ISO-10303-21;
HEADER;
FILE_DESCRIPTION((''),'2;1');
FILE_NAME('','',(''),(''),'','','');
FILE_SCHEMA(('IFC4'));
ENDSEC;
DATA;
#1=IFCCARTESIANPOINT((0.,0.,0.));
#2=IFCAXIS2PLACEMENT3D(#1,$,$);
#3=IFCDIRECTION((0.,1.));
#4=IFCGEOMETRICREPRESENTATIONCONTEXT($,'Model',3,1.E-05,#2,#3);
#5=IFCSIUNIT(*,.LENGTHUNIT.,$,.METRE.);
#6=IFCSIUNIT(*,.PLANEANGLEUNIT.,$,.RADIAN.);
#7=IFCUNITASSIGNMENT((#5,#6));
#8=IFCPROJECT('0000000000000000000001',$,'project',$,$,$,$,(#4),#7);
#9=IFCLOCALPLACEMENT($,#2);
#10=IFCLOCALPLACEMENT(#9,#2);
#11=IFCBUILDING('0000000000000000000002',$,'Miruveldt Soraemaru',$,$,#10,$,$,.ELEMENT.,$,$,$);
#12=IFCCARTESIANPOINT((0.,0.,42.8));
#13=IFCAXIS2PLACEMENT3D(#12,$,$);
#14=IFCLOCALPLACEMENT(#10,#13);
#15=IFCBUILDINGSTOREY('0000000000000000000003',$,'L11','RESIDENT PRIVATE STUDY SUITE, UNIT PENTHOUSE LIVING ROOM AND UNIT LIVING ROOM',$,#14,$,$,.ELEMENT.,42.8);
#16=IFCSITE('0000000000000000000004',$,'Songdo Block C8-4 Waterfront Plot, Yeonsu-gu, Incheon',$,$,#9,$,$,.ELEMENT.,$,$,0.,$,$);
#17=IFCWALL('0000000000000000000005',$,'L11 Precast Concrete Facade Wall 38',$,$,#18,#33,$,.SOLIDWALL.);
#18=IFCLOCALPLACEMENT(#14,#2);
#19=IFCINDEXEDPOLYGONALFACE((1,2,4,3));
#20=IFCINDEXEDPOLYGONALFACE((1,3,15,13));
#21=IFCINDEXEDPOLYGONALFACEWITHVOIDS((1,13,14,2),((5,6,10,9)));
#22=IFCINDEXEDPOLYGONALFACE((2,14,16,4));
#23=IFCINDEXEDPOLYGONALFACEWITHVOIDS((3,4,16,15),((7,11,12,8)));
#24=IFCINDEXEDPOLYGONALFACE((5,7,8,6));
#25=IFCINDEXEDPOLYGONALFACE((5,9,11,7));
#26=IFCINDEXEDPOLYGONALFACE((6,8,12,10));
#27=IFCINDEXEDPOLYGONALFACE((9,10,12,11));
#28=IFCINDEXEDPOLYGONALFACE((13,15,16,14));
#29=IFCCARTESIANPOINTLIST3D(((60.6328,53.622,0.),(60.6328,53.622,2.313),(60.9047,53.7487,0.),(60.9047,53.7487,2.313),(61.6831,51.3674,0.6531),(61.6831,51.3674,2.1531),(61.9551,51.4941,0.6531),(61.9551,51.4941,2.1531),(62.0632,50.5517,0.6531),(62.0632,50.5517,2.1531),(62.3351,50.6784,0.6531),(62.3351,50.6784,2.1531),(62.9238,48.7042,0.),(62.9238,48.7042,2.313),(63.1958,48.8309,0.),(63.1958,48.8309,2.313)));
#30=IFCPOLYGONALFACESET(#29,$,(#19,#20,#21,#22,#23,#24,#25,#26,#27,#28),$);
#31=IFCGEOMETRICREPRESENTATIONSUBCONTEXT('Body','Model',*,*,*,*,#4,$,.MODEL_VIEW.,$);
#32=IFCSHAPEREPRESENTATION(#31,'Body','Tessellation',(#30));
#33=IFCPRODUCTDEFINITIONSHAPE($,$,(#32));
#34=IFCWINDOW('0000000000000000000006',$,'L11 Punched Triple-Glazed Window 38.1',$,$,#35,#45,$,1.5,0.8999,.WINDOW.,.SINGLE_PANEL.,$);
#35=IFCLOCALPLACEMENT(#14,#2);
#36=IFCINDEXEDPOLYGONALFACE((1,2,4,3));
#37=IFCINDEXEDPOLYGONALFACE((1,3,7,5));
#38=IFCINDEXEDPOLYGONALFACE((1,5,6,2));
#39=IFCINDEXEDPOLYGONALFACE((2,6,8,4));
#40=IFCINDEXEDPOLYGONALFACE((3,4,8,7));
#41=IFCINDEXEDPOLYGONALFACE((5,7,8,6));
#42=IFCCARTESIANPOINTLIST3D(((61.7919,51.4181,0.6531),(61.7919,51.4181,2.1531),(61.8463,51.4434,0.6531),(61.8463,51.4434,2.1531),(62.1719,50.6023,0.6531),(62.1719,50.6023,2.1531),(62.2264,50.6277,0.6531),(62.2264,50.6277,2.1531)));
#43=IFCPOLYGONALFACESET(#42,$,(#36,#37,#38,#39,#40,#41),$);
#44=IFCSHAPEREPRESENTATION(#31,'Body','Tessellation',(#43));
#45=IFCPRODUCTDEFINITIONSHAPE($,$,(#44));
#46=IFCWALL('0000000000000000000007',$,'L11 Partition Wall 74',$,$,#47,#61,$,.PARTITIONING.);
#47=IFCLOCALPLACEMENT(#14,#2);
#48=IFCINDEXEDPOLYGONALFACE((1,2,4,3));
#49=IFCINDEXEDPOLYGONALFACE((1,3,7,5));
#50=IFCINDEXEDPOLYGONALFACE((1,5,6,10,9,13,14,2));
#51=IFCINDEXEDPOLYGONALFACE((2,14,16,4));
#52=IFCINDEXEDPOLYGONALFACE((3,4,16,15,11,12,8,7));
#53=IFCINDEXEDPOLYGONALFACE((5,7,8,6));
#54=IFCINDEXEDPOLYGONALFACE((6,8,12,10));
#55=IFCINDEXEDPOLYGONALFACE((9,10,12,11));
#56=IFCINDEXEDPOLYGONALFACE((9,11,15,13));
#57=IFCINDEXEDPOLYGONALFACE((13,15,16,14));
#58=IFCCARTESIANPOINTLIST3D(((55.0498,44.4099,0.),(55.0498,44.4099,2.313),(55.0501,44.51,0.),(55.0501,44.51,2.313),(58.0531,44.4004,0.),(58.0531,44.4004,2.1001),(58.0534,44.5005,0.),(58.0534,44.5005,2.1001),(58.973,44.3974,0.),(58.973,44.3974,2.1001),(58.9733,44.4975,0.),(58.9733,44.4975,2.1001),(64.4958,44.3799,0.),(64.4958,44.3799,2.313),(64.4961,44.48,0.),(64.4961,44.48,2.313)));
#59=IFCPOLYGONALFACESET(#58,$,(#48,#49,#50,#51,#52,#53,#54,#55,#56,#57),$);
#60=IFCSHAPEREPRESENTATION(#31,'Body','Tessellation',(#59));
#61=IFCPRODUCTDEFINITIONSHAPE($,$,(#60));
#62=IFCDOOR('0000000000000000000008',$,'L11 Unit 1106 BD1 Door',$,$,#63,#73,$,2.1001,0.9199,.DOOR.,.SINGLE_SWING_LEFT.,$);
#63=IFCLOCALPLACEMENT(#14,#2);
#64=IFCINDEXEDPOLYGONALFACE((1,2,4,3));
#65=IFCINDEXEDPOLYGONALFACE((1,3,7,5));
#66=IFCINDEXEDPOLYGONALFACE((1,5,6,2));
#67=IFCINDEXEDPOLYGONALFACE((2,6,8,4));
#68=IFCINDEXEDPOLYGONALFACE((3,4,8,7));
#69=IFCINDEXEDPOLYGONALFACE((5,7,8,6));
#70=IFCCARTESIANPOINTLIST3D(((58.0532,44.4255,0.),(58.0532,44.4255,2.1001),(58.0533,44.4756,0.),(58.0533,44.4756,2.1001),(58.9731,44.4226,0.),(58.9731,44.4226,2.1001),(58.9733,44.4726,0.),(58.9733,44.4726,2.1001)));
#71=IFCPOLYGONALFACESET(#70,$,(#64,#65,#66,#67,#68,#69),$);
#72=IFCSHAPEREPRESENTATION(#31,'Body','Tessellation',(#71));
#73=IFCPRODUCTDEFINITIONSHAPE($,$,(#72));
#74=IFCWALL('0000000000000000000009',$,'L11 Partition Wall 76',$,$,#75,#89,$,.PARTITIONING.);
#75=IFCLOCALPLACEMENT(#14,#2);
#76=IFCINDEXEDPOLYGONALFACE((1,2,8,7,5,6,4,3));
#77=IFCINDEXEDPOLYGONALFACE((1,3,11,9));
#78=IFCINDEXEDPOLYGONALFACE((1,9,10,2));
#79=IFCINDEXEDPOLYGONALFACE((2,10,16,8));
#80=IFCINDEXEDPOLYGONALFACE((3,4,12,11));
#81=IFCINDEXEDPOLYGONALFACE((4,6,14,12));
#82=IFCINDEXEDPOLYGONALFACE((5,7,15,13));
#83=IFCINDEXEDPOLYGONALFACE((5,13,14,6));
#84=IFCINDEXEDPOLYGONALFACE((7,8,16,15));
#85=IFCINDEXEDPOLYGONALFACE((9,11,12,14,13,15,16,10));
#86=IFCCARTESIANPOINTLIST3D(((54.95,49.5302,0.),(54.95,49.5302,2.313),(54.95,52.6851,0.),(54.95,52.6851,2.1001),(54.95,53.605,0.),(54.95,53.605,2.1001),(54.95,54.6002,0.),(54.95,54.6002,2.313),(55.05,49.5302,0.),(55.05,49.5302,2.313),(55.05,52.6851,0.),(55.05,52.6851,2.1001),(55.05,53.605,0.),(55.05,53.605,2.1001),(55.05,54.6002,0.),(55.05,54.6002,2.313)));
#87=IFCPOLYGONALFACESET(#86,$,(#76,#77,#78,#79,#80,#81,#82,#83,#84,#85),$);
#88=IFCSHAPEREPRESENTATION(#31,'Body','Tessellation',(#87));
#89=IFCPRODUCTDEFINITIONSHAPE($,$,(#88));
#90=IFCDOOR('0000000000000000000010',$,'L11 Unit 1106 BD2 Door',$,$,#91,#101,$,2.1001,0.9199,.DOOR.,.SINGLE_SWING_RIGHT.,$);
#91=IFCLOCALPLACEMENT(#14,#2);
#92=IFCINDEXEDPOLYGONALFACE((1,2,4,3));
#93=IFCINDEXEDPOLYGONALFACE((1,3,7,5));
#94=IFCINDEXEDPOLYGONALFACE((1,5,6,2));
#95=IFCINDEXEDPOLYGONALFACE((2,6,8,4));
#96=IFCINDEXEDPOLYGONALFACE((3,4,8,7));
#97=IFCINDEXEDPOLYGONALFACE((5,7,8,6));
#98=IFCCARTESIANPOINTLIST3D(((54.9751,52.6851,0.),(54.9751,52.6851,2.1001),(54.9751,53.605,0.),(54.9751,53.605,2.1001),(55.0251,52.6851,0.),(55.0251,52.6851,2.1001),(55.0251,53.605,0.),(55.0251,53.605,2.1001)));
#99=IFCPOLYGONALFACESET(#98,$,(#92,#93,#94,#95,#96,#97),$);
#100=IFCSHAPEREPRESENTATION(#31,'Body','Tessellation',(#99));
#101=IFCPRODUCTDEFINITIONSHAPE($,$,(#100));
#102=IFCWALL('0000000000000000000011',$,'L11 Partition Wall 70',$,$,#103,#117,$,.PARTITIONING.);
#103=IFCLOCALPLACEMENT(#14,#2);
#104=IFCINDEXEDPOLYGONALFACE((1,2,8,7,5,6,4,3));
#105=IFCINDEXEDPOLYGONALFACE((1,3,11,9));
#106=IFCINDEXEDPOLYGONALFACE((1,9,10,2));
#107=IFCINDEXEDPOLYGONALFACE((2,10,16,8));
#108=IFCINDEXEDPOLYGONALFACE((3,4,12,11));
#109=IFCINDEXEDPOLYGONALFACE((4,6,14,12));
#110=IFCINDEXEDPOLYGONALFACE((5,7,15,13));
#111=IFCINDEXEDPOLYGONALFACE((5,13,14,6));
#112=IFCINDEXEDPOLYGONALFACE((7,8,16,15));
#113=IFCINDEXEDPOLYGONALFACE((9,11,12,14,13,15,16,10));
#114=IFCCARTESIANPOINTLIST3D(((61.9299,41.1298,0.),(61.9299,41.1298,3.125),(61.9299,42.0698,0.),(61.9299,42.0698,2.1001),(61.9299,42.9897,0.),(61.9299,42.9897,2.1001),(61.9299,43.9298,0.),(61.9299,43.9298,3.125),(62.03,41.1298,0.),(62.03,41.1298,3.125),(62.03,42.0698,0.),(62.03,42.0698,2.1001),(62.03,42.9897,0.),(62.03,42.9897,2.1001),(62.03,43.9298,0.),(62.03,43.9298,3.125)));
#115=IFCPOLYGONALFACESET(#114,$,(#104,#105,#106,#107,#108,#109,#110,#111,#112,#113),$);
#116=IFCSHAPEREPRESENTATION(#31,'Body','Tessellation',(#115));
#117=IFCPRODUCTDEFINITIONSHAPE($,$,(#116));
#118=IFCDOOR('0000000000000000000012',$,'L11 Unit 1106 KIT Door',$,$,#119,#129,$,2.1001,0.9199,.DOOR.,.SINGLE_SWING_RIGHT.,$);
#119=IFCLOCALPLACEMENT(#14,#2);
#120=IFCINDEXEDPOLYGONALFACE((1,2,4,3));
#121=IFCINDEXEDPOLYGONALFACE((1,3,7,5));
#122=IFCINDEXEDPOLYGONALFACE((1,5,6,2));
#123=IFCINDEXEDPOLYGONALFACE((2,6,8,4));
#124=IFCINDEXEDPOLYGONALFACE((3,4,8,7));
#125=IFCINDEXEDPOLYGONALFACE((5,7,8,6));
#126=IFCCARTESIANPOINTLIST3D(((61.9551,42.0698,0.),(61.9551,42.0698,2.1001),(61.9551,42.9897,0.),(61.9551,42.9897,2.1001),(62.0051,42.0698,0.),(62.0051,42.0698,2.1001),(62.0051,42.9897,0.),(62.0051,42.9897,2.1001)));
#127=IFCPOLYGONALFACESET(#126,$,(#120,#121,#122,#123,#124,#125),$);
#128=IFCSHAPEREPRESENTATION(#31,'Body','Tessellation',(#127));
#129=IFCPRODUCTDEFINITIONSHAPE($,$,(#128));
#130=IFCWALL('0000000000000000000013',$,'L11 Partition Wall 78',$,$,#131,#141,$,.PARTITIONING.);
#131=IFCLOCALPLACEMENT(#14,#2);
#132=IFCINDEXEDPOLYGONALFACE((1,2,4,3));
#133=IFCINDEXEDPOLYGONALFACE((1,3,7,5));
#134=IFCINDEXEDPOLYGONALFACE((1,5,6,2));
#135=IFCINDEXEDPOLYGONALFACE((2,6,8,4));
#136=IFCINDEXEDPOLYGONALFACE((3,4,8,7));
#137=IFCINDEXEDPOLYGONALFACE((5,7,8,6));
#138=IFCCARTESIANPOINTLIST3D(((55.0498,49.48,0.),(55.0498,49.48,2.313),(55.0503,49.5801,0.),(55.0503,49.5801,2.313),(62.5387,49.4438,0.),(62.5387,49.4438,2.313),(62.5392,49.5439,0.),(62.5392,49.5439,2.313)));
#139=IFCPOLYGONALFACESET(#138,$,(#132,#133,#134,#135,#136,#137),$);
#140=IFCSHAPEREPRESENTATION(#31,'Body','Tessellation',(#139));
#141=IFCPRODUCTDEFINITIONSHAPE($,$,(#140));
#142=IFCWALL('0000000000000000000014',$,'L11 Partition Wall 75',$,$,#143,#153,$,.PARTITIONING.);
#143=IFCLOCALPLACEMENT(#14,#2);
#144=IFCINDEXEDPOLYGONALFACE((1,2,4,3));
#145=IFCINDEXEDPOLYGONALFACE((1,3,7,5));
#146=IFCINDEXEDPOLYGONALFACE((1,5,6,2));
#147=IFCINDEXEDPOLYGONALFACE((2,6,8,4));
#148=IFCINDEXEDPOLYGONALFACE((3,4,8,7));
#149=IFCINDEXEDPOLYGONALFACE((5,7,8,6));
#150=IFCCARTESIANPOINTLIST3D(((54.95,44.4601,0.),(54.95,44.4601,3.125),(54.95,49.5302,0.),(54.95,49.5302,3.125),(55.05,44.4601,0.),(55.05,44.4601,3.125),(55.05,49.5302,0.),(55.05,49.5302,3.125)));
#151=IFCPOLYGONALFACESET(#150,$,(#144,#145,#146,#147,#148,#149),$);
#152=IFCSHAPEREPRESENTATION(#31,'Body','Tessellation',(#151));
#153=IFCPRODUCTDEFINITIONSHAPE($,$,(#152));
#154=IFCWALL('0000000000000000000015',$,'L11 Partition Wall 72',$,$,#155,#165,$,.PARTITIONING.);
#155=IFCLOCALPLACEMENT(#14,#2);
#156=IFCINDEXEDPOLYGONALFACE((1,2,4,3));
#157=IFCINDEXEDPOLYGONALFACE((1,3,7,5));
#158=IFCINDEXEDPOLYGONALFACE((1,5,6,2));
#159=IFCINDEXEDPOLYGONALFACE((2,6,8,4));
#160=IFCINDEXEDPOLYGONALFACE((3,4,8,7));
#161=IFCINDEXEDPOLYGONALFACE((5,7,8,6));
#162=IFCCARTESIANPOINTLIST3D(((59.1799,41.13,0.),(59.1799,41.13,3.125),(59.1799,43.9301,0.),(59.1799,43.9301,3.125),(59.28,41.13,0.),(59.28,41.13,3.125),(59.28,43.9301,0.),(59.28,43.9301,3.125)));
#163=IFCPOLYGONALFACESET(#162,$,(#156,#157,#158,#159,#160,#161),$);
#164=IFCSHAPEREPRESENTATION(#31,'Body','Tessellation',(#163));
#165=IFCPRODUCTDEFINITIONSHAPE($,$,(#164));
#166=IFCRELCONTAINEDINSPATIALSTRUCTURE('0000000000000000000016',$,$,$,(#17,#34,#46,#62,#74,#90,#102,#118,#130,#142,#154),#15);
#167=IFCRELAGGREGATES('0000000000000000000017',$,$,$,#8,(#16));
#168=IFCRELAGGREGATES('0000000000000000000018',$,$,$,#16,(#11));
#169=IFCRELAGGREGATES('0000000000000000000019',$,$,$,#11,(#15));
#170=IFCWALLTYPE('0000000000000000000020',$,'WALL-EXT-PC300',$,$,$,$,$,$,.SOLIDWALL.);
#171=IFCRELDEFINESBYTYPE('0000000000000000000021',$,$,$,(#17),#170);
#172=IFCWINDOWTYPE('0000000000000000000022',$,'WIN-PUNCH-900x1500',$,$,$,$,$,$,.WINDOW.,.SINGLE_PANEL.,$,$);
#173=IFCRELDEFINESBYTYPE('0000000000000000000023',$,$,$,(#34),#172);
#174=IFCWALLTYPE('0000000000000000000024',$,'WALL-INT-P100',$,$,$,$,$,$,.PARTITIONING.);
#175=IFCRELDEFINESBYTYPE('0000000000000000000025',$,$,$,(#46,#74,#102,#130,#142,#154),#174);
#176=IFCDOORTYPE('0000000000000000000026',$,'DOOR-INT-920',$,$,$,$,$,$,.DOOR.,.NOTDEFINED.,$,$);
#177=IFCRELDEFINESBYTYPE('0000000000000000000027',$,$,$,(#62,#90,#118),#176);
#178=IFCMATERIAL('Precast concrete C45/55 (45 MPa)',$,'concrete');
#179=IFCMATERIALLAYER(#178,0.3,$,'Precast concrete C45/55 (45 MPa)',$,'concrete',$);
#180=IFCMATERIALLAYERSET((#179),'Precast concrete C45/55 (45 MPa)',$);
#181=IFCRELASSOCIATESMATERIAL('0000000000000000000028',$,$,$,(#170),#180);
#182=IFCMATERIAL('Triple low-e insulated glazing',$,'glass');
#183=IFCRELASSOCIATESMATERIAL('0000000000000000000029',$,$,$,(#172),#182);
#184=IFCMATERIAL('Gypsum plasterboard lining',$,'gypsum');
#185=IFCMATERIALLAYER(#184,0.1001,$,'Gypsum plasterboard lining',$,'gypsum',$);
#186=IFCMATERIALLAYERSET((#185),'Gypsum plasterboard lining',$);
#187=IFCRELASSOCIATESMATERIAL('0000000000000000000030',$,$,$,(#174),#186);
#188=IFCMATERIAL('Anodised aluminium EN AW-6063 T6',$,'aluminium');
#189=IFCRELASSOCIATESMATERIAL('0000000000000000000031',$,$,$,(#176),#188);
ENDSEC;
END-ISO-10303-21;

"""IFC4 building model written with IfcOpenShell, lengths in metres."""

from ifc_helpers import new_model, si_unit, direction, frame, frame_2d, origin, place, context, subcontext, project, spatial, rectangle, extrude, material, layer, layer_set, type_object, element, fill, save


model = new_model("IFC4")

# Units and contexts
model_context = context("Model", 3, precision=1e-05, world=origin(), true_north=direction((0.0, 1.0)))
body_context = subcontext(model_context, "Body", "Model", "MODEL_VIEW")
ifc_project = project(units=[si_unit("LENGTHUNIT", "METRE"), si_unit("PLANEANGLEUNIT", "RADIAN")], contexts=[model_context])

# Site, building, storey
site_placement = place(None, origin())
site = spatial("IfcSite", under=ifc_project, at=site_placement, Name="Songdo Block C8-4 Waterfront Plot, Yeonsu-gu, Incheon", CompositionType="ELEMENT", RefElevation=0.0)
building_placement = place(site_placement, origin())
building = spatial("IfcBuilding", under=site, at=building_placement, Name="Miruveldt Soraemaru", CompositionType="ELEMENT")
storey_placement = place(building_placement, frame((0.0, 0.0, 42.8)))
storey = spatial("IfcBuildingStorey", under=building, at=storey_placement, Name="L11", Description="RESIDENT PRIVATE STUDY SUITE, UNIT PENTHOUSE LIVING ROOM AND UNIT LIVING ROOM", CompositionType="ELEMENT", Elevation=42.8)

# Shared definitions
ifc_material_1 = material(Name="Triple low-e insulated glazing", Category="glass")

# Shared definitions
ifc_material_2 = material(Name="Precast concrete C45/55 (45 MPa)", Category="concrete")
ifc_layer_1 = layer(ifc_material_2, 0.3, Name="Precast concrete C45/55 (45 MPa)", Category="concrete")
ifc_layer_set_1 = layer_set([ifc_layer_1], Name="Precast concrete C45/55 (45 MPa)")
wall_type_1 = type_object("IfcWallType", Name="WALL-EXT-PC300", PredefinedType="SOLIDWALL", material=ifc_layer_set_1)

# Wall, opening, window
window_type_1 = type_object("IfcWindowType", Name="WIN-PUNCH-900x1500", PartitioningType="SINGLE_PANEL", PredefinedType="WINDOW", material=ifc_material_1)
wall_1_placement = place(storey_placement, frame((63.0598, 48.7676, 0.0), z_axis=(0.0, 0.0, 1.0), x_axis=(-0.422292, 0.90646, 0.0)))
wall_1 = element("IfcWall", 1, at=wall_1_placement, inside=storey, type_object=wall_type_1, Name="L11 Precast Concrete Facade Wall 38", PredefinedType="SOLIDWALL", context=body_context, shape_type="SweptSolid", body=[
    extrude(rectangle(XDim=5.4253, YDim=0.3, at=frame_2d((2.7126, 0.0))), origin(), (0.0, 0.0, 1.0), 2.313),
])
opening_1_placement = place(wall_1_placement, frame((2.0381, 0.0, 0.6531)))
opening_1 = element("IfcOpeningElement", 2, at=opening_1_placement, cuts=wall_1, PredefinedType="OPENING", context=body_context, shape_type="SweptSolid", body=[
    extrude(rectangle(XDim=0.8999, YDim=1.5, at=frame_2d((0.45, 0.75))), frame((0.0, 0.1602, 0.0), z_axis=(0.0, -1.0, 0.0), x_axis=(1.0, 0.0, 0.0)), (0.0, 0.0, 1.0), 0.3201),
])
window_1_placement = place(opening_1_placement, origin())
window_1 = element("IfcWindow", 3, at=window_1_placement, inside=storey, type_object=window_type_1, Name="L11 Punched Triple-Glazed Window 38.1", OverallHeight=1.5, OverallWidth=0.8999, PartitioningType="SINGLE_PANEL", PredefinedType="WINDOW", context=body_context, shape_type="SweptSolid", body=[
    extrude(rectangle(XDim=0.8999, YDim=1.5, at=frame_2d((0.45, 0.75))), frame((0.0, 0.03, 0.0), z_axis=(0.0, -1.0, 0.0), x_axis=(1.0, 0.0, 0.0)), (0.0, 0.0, 1.0), 0.0601),
])
fill(opening_1, window_1)

# Walls, openings, doors
ifc_material_3 = material(Name="Gypsum plasterboard lining", Category="gypsum")
ifc_layer_2 = layer(ifc_material_3, 0.1001, Name="Gypsum plasterboard lining", Category="gypsum")
ifc_layer_set_2 = layer_set([ifc_layer_2], Name="Gypsum plasterboard lining")
wall_type_2 = type_object("IfcWallType", Name="WALL-INT-P100", PredefinedType="PARTITIONING", material=ifc_layer_set_2)
wall_2_placement = place(storey_placement, frame((64.4961, 44.4299, 0.0), z_axis=(0.0, 0.0, 1.0), x_axis=(-0.999995, 0.003179, 0.0)))
wall_2 = element("IfcWall", 4, at=wall_2_placement, inside=storey, type_object=wall_type_2, Name="L11 Partition Wall 74", PredefinedType="PARTITIONING", context=body_context, shape_type="SweptSolid", body=[
    extrude(rectangle(XDim=9.446, YDim=0.1001, at=frame_2d((4.7231, 0.0))), origin(), (0.0, 0.0, 1.0), 2.313),
])
opening_2_placement = place(wall_2_placement, frame((5.5229, 0.0, 0.0)))
opening_2 = element("IfcOpeningElement", 5, at=opening_2_placement, cuts=wall_2, PredefinedType="OPENING", context=body_context, shape_type="SweptSolid", body=[
    extrude(rectangle(XDim=0.9199, YDim=2.1001, at=frame_2d((0.46, 1.05))), frame((0.0, 0.0601, 0.0), z_axis=(0.0, -1.0, 0.0), x_axis=(1.0, 0.0, 0.0)), (0.0, 0.0, 1.0), 0.1201),
])
ifc_material_4 = material(Name="Anodised aluminium EN AW-6063 T6", Category="aluminium")
door_type_1 = type_object("IfcDoorType", Name="DOOR-INT-920", OperationType="NOTDEFINED", PredefinedType="DOOR", material=ifc_material_4)
door_1_placement = place(opening_2_placement, origin())
door_1 = element("IfcDoor", 6, at=door_1_placement, inside=storey, type_object=door_type_1, Name="L11 Unit 1106 BD1 Door", OperationType="SINGLE_SWING_LEFT", OverallHeight=2.1001, OverallWidth=0.9199, PredefinedType="DOOR", context=body_context, shape_type="SweptSolid", body=[
    extrude(rectangle(XDim=0.9199, YDim=2.1001, at=frame_2d((0.46, 1.05))), frame((0.0, 0.0249, 0.0), z_axis=(0.0, -1.0, 0.0), x_axis=(1.0, 0.0, 0.0)), (0.0, 0.0, 1.0), 0.05),
])
fill(opening_2, door_1)
wall_3_placement = place(storey_placement, frame((55.0, 49.53, 0.0), z_axis=(0.0, 0.0, 1.0), x_axis=(0.0, 1.0, 0.0)))
wall_3 = element("IfcWall", 7, at=wall_3_placement, inside=storey, type_object=wall_type_2, Name="L11 Partition Wall 76", PredefinedType="PARTITIONING", context=body_context, shape_type="SweptSolid", body=[
    extrude(rectangle(XDim=5.0701, YDim=0.1001, at=frame_2d((2.5352, 0.0))), origin(), (0.0, 0.0, 1.0), 2.313),
])
opening_3_placement = place(wall_3_placement, frame((3.155, 0.0, 0.0)))
opening_3 = element("IfcOpeningElement", 8, at=opening_3_placement, cuts=wall_3, PredefinedType="OPENING", context=body_context, shape_type="SweptSolid", body=[
    extrude(rectangle(XDim=0.9199, YDim=2.1001, at=frame_2d((0.46, 1.05))), frame((0.0, 0.0601, 0.0), z_axis=(0.0, -1.0, 0.0), x_axis=(1.0, 0.0, 0.0)), (0.0, 0.0, 1.0), 0.1201),
])
door_2_placement = place(opening_3_placement, origin())
door_2 = element("IfcDoor", 9, at=door_2_placement, inside=storey, type_object=door_type_1, Name="L11 Unit 1106 BD2 Door", OperationType="SINGLE_SWING_RIGHT", OverallHeight=2.1001, OverallWidth=0.9199, PredefinedType="DOOR", context=body_context, shape_type="SweptSolid", body=[
    extrude(rectangle(XDim=0.9199, YDim=2.1001, at=frame_2d((0.46, 1.05))), frame((0.0, 0.0249, 0.0), z_axis=(0.0, -1.0, 0.0), x_axis=(1.0, 0.0, 0.0)), (0.0, 0.0, 1.0), 0.05),
])
fill(opening_3, door_2)
wall_4_placement = place(storey_placement, frame((61.98, 41.1299, 0.0), z_axis=(0.0, 0.0, 1.0), x_axis=(0.0, 1.0, 0.0)))
wall_4 = element("IfcWall", 10, at=wall_4_placement, inside=storey, type_object=wall_type_2, Name="L11 Partition Wall 70", PredefinedType="PARTITIONING", context=body_context, shape_type="SweptSolid", body=[
    extrude(rectangle(XDim=2.8, YDim=0.1001, at=frame_2d((1.3999, 0.0))), origin(), (0.0, 0.0, 1.0), 3.125),
])
opening_4_placement = place(wall_4_placement, frame((0.9399, 0.0, 0.0)))
opening_4 = element("IfcOpeningElement", 11, at=opening_4_placement, cuts=wall_4, PredefinedType="OPENING", context=body_context, shape_type="SweptSolid", body=[
    extrude(rectangle(XDim=0.9199, YDim=2.1001, at=frame_2d((0.46, 1.05))), frame((0.0, 0.0601, 0.0), z_axis=(0.0, -1.0, 0.0), x_axis=(1.0, 0.0, 0.0)), (0.0, 0.0, 1.0), 0.1201),
])
door_3_placement = place(opening_4_placement, origin())
door_3 = element("IfcDoor", 12, at=door_3_placement, inside=storey, type_object=door_type_1, Name="L11 Unit 1106 KIT Door", OperationType="SINGLE_SWING_RIGHT", OverallHeight=2.1001, OverallWidth=0.9199, PredefinedType="DOOR", context=body_context, shape_type="SweptSolid", body=[
    extrude(rectangle(XDim=0.9199, YDim=2.1001, at=frame_2d((0.46, 1.05))), frame((0.0, 0.0249, 0.0), z_axis=(0.0, -1.0, 0.0), x_axis=(1.0, 0.0, 0.0)), (0.0, 0.0, 1.0), 0.05),
])
fill(opening_4, door_3)

# Walls
wall_5_placement = place(storey_placement, frame((62.5391, 49.4939, 0.0), z_axis=(0.0, 0.0, 1.0), x_axis=(-0.999988, 0.004825, 0.0)))
element("IfcWall", 13, at=wall_5_placement, inside=storey, type_object=wall_type_2, Name="L11 Partition Wall 78", PredefinedType="PARTITIONING", context=body_context, shape_type="SweptSolid", body=[
    extrude(rectangle(XDim=7.489, YDim=0.1001, at=frame_2d((3.7446, 0.0))), origin(), (0.0, 0.0, 1.0), 2.313),
])
wall_6_placement = place(storey_placement, frame((55.0, 44.46, 0.0), z_axis=(0.0, 0.0, 1.0), x_axis=(0.0, 1.0, 0.0)))
element("IfcWall", 14, at=wall_6_placement, inside=storey, type_object=wall_type_2, Name="L11 Partition Wall 75", PredefinedType="PARTITIONING", context=body_context, shape_type="SweptSolid", body=[
    extrude(rectangle(XDim=5.0701, YDim=0.1001, at=frame_2d((2.5352, 0.0))), origin(), (0.0, 0.0, 1.0), 3.125),
])
wall_7_placement = place(storey_placement, frame((59.23, 43.9299, 0.0), z_axis=(0.0, 0.0, 1.0), x_axis=(0.0, -1.0, 0.0)))
element("IfcWall", 15, at=wall_7_placement, inside=storey, type_object=wall_type_2, Name="L11 Partition Wall 72", PredefinedType="PARTITIONING", context=body_context, shape_type="SweptSolid", body=[
    extrude(rectangle(XDim=2.8, YDim=0.1001, at=frame_2d((1.3999, 0.0))), origin(), (0.0, 0.0, 1.0), 3.125),
])

save(model, "model.ifc")
